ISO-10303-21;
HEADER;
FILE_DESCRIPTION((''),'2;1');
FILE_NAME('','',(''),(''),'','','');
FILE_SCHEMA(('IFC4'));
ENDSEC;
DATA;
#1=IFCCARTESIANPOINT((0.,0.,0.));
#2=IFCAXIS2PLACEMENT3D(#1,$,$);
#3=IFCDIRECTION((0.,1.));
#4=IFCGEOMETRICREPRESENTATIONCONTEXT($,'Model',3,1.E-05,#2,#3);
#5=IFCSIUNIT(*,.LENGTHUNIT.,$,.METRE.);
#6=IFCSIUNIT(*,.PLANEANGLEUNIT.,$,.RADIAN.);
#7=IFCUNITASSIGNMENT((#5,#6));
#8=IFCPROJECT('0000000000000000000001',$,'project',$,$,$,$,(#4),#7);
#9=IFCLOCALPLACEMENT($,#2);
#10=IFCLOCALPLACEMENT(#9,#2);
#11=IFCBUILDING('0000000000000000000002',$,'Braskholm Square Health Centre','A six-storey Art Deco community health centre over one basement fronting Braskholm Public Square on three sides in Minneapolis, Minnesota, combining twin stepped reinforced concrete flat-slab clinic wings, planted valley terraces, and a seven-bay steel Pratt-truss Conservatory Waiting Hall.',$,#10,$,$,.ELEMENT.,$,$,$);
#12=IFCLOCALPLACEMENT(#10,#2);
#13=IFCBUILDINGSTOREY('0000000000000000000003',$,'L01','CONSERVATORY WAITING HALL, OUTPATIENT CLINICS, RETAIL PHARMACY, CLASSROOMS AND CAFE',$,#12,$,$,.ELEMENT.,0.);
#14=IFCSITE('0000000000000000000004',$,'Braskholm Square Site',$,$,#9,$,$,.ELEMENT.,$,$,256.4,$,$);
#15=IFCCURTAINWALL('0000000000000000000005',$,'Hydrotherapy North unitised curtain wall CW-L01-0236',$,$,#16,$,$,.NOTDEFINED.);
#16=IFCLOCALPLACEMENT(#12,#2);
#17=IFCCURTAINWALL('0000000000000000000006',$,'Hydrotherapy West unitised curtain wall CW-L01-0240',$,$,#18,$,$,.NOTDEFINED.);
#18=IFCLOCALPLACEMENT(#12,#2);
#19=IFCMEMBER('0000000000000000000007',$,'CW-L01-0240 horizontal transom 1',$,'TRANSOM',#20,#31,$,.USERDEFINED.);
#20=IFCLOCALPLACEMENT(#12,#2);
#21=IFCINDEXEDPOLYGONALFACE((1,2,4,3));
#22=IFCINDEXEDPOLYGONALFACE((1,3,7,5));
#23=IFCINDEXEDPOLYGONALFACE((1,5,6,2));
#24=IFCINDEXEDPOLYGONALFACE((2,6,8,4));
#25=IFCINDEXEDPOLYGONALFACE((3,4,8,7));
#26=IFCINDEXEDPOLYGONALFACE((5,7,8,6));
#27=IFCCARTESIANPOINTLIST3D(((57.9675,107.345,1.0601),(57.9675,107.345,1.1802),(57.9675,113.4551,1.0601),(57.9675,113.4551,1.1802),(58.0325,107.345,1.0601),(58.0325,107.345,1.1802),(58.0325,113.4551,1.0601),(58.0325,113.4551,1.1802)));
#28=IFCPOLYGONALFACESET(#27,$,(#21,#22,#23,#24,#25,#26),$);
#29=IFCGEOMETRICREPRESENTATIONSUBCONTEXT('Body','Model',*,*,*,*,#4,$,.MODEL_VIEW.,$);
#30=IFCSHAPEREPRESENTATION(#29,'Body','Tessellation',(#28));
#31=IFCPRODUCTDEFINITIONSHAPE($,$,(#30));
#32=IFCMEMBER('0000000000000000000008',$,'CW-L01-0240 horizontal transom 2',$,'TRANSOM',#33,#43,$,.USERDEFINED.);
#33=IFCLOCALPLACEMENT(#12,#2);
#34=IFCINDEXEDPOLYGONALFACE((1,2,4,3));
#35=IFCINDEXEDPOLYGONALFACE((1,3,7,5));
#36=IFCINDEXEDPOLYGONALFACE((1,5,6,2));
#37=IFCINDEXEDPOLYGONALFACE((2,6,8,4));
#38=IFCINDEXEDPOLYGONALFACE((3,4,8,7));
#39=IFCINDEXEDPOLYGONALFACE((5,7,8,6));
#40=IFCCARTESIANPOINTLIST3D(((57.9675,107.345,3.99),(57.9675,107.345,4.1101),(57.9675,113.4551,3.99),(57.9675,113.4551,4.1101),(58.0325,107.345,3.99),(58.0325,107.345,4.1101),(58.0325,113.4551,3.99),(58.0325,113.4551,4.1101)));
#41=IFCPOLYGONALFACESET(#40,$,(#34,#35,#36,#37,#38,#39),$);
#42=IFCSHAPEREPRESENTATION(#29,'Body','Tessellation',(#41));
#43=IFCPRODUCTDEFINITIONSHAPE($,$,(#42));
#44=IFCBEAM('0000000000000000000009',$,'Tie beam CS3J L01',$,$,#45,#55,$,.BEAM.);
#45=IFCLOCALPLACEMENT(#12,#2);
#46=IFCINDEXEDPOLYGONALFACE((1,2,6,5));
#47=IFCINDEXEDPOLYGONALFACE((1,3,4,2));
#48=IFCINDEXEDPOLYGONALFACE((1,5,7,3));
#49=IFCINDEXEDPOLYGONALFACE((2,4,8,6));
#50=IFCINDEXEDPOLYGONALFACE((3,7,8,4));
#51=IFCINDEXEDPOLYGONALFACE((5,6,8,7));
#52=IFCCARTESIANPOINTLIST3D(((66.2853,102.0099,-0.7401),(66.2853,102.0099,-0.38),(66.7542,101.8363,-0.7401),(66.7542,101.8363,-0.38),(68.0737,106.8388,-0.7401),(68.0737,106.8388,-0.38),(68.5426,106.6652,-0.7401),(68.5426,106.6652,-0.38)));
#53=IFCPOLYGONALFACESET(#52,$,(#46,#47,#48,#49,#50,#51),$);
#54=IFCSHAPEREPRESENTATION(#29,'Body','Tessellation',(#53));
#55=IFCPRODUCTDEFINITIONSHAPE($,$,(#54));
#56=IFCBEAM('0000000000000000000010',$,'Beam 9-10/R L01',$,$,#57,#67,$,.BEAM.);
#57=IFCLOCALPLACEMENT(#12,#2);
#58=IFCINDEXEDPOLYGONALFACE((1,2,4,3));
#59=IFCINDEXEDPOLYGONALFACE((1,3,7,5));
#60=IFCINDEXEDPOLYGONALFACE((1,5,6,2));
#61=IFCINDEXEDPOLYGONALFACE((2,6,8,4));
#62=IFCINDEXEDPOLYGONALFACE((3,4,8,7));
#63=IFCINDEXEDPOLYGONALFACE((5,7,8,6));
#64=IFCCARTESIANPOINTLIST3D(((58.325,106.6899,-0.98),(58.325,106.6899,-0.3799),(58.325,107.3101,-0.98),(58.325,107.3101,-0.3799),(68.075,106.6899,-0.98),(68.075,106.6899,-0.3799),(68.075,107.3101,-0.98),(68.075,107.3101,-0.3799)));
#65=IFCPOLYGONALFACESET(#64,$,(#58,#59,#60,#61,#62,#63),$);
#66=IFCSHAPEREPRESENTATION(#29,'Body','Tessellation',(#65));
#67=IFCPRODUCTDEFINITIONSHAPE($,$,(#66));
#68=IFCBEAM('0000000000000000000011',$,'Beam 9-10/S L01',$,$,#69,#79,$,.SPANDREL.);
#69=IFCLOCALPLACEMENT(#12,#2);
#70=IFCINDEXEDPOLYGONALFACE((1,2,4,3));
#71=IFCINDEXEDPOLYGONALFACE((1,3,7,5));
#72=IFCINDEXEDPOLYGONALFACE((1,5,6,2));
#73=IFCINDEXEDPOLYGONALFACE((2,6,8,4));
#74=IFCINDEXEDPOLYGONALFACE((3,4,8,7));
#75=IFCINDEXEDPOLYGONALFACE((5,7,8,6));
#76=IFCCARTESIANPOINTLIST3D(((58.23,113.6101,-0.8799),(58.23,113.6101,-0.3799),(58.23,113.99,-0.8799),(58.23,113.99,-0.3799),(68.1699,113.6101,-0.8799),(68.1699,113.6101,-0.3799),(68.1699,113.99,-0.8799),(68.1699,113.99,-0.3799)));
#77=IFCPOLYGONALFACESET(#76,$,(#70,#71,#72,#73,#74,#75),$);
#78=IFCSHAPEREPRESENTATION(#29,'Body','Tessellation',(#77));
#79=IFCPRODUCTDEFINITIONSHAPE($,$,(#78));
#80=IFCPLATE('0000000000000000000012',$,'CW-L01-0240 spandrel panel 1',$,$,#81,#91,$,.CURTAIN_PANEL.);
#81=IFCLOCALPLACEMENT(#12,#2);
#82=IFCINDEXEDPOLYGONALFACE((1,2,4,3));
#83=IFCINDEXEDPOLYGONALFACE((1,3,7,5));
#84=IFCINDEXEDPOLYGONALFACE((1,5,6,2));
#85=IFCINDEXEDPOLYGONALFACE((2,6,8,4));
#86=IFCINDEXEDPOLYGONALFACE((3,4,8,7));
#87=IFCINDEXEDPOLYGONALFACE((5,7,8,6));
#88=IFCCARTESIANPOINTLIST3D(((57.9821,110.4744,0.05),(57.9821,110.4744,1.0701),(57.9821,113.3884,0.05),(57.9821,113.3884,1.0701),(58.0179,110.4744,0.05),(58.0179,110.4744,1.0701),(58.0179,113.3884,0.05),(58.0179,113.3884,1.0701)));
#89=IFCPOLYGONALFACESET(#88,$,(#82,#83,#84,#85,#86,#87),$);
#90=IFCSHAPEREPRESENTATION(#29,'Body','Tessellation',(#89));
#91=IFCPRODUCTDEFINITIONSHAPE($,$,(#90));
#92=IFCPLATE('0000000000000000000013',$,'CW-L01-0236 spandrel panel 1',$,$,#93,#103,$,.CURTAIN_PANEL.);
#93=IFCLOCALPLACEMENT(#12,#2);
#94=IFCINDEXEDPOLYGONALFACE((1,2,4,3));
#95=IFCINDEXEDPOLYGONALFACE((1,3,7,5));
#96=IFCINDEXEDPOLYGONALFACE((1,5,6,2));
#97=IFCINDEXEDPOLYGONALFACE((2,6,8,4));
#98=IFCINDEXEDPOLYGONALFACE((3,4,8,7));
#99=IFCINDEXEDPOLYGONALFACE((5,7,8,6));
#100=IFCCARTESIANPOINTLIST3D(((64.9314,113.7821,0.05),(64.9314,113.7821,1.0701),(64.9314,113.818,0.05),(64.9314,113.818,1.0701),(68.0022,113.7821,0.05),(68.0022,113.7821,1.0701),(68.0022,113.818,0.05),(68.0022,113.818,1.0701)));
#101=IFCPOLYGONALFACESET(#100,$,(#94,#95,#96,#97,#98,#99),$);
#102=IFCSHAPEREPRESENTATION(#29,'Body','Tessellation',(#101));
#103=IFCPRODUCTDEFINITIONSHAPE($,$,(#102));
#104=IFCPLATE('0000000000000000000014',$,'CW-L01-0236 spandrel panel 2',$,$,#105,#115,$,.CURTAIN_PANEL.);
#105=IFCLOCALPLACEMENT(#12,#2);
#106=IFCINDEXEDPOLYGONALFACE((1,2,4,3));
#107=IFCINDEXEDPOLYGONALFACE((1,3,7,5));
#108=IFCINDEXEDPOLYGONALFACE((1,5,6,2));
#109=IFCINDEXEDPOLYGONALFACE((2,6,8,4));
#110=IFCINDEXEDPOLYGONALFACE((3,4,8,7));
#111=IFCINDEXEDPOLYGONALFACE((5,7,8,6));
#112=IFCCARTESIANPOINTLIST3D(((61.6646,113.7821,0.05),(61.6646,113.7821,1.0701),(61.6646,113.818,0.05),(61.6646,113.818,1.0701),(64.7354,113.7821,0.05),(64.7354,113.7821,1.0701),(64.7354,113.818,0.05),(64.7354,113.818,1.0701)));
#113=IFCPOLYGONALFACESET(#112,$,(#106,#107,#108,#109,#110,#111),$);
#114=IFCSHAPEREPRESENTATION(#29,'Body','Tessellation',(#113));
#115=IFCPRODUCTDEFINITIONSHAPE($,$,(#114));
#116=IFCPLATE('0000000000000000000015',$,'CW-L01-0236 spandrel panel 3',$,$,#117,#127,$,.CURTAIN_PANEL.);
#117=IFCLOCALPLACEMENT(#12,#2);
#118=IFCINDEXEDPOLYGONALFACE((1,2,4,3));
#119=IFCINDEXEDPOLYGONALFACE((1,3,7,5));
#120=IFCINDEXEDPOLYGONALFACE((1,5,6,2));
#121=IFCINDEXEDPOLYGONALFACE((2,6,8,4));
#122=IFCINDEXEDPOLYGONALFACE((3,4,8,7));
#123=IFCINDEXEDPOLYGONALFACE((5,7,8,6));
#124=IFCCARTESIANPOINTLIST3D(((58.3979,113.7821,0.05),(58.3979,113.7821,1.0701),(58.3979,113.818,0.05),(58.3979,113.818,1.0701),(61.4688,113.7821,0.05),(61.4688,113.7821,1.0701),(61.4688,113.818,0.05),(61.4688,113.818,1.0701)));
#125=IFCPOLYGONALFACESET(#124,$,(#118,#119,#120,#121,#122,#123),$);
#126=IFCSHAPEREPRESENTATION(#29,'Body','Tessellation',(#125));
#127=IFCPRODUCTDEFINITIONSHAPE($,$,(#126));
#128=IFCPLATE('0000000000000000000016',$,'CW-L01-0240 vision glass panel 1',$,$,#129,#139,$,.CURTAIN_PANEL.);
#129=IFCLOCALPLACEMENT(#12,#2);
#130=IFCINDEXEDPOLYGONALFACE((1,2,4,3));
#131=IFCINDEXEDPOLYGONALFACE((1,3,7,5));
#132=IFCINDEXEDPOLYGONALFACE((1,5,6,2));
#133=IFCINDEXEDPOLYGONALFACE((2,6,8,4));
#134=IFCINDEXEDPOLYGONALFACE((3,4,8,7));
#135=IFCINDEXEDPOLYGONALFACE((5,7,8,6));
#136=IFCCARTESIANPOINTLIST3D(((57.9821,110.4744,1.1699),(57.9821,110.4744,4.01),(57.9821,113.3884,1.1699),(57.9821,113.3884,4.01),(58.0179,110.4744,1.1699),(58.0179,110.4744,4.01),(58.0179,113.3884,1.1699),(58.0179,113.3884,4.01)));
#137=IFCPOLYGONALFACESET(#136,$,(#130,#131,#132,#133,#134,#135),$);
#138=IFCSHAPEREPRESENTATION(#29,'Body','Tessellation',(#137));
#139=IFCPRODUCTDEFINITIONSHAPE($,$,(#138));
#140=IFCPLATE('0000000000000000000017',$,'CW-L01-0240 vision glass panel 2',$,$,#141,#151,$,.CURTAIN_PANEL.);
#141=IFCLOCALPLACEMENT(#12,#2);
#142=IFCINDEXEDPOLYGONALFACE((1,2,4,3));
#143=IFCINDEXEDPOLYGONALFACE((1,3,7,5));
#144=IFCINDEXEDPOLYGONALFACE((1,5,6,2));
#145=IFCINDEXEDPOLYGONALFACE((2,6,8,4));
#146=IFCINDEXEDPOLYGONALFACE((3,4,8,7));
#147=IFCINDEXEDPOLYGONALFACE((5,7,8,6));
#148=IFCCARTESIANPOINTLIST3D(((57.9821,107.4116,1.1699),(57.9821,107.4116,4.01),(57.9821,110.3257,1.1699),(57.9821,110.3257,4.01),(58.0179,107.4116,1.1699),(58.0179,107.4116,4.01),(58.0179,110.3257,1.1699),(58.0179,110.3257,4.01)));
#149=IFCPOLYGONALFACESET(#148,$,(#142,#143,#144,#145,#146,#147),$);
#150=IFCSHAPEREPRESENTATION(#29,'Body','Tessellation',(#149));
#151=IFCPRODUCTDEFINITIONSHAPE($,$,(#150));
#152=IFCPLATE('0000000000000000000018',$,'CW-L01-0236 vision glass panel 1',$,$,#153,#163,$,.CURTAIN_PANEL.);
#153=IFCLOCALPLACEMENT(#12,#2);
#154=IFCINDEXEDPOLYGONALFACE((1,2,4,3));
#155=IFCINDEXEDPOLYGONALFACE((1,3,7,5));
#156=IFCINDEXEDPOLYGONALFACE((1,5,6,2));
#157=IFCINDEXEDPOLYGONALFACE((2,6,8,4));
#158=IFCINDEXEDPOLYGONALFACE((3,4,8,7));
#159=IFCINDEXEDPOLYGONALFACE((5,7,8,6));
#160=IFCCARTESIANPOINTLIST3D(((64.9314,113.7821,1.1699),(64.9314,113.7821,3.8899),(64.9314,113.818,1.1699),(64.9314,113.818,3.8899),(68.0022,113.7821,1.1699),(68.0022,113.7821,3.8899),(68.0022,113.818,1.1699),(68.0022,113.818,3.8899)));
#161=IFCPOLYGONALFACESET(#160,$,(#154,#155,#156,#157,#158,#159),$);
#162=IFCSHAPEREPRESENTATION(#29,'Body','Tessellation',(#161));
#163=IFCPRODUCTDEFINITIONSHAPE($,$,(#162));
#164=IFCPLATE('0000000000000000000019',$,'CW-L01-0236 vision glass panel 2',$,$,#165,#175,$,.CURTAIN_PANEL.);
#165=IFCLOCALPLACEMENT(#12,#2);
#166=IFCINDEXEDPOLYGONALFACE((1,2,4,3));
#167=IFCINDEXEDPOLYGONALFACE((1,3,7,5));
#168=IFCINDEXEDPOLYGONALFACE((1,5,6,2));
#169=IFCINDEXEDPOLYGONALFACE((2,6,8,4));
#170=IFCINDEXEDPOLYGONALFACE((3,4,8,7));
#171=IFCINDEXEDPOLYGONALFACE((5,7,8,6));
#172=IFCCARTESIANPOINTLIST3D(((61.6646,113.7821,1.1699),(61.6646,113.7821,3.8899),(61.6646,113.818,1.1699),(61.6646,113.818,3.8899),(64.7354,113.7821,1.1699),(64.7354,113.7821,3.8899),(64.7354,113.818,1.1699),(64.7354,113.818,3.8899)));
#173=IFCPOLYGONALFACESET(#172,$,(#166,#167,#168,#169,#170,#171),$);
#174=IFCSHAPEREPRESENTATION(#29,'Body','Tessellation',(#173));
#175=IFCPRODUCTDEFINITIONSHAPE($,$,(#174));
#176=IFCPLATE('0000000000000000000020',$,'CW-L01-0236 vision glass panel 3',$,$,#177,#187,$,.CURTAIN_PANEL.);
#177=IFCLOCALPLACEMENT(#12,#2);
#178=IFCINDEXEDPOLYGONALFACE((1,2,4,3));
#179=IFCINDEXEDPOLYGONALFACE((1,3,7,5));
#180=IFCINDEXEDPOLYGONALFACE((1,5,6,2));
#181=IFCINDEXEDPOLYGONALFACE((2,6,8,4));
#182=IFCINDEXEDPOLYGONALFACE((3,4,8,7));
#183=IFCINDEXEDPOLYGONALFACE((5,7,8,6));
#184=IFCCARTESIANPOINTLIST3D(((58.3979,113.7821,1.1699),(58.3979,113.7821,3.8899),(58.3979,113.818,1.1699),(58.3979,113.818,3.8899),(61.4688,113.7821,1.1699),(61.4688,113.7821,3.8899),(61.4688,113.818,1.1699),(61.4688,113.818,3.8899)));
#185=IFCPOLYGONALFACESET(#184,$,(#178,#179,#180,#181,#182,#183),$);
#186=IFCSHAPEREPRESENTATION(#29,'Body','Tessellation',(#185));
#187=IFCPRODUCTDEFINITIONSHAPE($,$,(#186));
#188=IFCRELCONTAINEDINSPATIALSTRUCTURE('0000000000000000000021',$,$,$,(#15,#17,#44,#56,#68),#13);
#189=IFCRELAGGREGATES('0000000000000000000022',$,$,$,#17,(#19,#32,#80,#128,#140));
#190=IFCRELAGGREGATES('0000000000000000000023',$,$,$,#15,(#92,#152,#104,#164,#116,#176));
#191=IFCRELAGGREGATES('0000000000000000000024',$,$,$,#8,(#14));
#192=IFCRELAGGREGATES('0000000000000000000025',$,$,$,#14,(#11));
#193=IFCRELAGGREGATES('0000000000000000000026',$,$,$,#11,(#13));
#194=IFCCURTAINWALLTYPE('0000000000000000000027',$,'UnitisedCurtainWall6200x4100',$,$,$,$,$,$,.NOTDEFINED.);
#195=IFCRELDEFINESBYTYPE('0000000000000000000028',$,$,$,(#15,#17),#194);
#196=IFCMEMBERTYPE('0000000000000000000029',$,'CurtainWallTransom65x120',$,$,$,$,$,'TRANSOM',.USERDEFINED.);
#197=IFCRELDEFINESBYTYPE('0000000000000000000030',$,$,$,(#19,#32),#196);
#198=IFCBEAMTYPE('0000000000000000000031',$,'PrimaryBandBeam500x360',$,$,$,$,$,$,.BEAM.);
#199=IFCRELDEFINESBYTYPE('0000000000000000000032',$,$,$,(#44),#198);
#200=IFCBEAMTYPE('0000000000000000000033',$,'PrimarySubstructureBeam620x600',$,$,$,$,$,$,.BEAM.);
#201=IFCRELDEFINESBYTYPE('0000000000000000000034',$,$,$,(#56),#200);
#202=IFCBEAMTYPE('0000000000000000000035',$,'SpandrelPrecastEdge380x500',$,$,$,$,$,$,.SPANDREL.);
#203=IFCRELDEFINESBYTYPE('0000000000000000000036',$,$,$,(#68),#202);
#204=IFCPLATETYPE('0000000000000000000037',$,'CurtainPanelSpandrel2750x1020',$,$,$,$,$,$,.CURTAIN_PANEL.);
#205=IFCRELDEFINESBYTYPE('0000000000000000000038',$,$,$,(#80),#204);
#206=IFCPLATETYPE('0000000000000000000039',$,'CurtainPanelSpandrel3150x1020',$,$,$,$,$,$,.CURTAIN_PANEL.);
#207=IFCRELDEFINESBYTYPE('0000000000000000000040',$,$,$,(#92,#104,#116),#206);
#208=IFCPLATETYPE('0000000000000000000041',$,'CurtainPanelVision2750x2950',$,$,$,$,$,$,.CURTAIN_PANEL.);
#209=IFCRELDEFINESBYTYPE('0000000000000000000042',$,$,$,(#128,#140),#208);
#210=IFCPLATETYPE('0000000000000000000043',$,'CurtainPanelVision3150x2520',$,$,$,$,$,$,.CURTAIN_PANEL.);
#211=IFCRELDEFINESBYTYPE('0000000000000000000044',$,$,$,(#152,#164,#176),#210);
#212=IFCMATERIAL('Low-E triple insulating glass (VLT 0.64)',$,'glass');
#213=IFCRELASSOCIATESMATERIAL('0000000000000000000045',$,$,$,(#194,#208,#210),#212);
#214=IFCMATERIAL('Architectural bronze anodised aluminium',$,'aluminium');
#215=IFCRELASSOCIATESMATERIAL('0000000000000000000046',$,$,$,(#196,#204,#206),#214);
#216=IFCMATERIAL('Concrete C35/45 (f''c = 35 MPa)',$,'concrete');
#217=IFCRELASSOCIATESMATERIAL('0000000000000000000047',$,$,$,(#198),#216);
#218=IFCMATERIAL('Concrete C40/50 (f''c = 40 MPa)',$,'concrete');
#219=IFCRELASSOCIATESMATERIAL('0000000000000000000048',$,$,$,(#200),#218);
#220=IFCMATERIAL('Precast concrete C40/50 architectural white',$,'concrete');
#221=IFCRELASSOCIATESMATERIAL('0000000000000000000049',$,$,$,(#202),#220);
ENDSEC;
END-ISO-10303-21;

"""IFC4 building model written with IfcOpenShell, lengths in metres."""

from ifc_helpers import new_model, si_unit, direction, frame, origin, origin_2d, place, context, subcontext, project, spatial, rectangle, extrude, material, material_profile, profile_set, type_object, element, aggregate, save


model = new_model("IFC4")

# Units and contexts
model_context = context("Model", 3, precision=1e-05, world=origin(), true_north=direction((0.0, 1.0)))
body_context = subcontext(model_context, "Body", "Model", "MODEL_VIEW")
ifc_project = project(units=[si_unit("LENGTHUNIT", "METRE"), si_unit("PLANEANGLEUNIT", "RADIAN")], contexts=[model_context])

# Site, building, storey
site_placement = place(None, origin())
site = spatial("IfcSite", under=ifc_project, at=site_placement, Name="Braskholm Square Site", CompositionType="ELEMENT", RefElevation=256.4)
building_placement = place(site_placement, origin())
building = spatial("IfcBuilding", under=site, at=building_placement, Name="Braskholm Square Health Centre", Description="A six-storey Art Deco community health centre over one basement fronting Braskholm Public Square on three sides in Minneapolis, Minnesota, combining twin stepped reinforced concrete flat-slab clinic wings, planted valley terraces, and a seven-bay steel Pratt-truss Conservatory Waiting Hall.", CompositionType="ELEMENT")
storey_placement = place(building_placement, origin())
storey = spatial("IfcBuildingStorey", under=building, at=storey_placement, Name="L01", Description="CONSERVATORY WAITING HALL, OUTPATIENT CLINICS, RETAIL PHARMACY, CLASSROOMS AND CAFE", CompositionType="ELEMENT", Elevation=0.0)

# Shared definitions
ifc_material_1 = material(Name="Concrete C40/50 (f'c = 40 MPa)", Category="concrete")
ifc_material_2 = material(Name="Precast concrete C40/50 architectural white", Category="concrete")

# Curtain walls
ifc_material_3 = material(Name="Low-E triple insulating glass (VLT 0.64)", Category="glass")
curtain_wall_type = type_object("IfcCurtainWallType", Name="UnitisedCurtainWall6200x4100", PredefinedType="NOTDEFINED", material=ifc_material_3)
curtain_wall_1_placement = place(storey_placement, origin())
curtain_wall_1 = element("IfcCurtainWall", 1, at=curtain_wall_1_placement, inside=storey, type_object=curtain_wall_type, Name="Hydrotherapy North unitised curtain wall CW-L01-0236", PredefinedType="NOTDEFINED")
ifc_material_4 = material(Name="Architectural bronze anodised aluminium", Category="aluminium")
curtain_wall_2_placement = place(storey_placement, origin())
curtain_wall_2 = element("IfcCurtainWall", 2, at=curtain_wall_2_placement, inside=storey, type_object=curtain_wall_type, Name="Hydrotherapy West unitised curtain wall CW-L01-0240", PredefinedType="NOTDEFINED")

# Members
ifc_material_profile_1 = material_profile(ifc_material_4, rectangle(XDim=0.0649, YDim=0.1201, at=origin_2d()), Name="ALU-65X120")
ifc_profile_set_1 = profile_set([ifc_material_profile_1], Name="Architectural bronze anodised aluminium")
member_type_1 = type_object("IfcMemberType", Name="CurtainWallTransom65x120", ElementType="TRANSOM", PredefinedType="USERDEFINED", material=ifc_profile_set_1)
member_1_placement = place(storey_placement, frame((58.0, 113.4551, 1.1201), z_axis=(0.0, -1.0, 0.0), x_axis=(1.0, 0.0, 0.0)))
member_1 = element("IfcMember", 3, at=member_1_placement, type_object=member_type_1, Name="CW-L01-0240 horizontal transom 1", ObjectType="TRANSOM", PredefinedType="USERDEFINED", context=body_context, shape_type="SweptSolid", body=[
    extrude(rectangle(XDim=0.0649, YDim=0.1201, at=origin_2d()), origin(), (0.0, 0.0, 1.0), 6.1101),
])
member_2_placement = place(storey_placement, frame((58.0, 113.4551, 4.05), z_axis=(0.0, -1.0, 0.0), x_axis=(1.0, 0.0, 0.0)))
member_2 = element("IfcMember", 4, at=member_2_placement, type_object=member_type_1, Name="CW-L01-0240 horizontal transom 2", ObjectType="TRANSOM", PredefinedType="USERDEFINED", context=body_context, shape_type="SweptSolid", body=[
    extrude(rectangle(XDim=0.0649, YDim=0.1201, at=origin_2d()), origin(), (0.0, 0.0, 1.0), 6.1101),
])

# Beams
ifc_material_5 = material(Name="Concrete C35/45 (f'c = 35 MPa)", Category="concrete")
ifc_material_profile_2 = material_profile(ifc_material_5, rectangle(XDim=0.5, YDim=0.3601, at=origin_2d()), Name="RCB-500X360")
ifc_profile_set_2 = profile_set([ifc_material_profile_2], Name="Concrete C35/45 (f'c = 35 MPa)")
beam_type_1 = type_object("IfcBeamType", Name="PrimaryBandBeam500x360", PredefinedType="BEAM", material=ifc_profile_set_2)
beam_1_placement = place(storey_placement, frame((66.5198, 101.9231, -0.5601), z_axis=(0.347291, 0.937757, 0.0), x_axis=(-0.937757, 0.347291, 0.0)))
element("IfcBeam", 5, at=beam_1_placement, inside=storey, type_object=beam_type_1, Name="Tie beam CS3J L01", PredefinedType="BEAM", context=body_context, shape_type="SweptSolid", body=[
    extrude(rectangle(XDim=0.5, YDim=0.3601, at=origin_2d()), origin(), (0.0, 0.0, 1.0), 5.1494),
])
ifc_material_profile_3 = material_profile(ifc_material_1, rectangle(XDim=0.6201, YDim=0.6001, at=origin_2d()), Name="RCB-620X600")
ifc_profile_set_3 = profile_set([ifc_material_profile_3], Name="Concrete C40/50 (f'c = 40 MPa)")
beam_type_2 = type_object("IfcBeamType", Name="PrimarySubstructureBeam620x600", PredefinedType="BEAM", material=ifc_profile_set_3)
beam_2_placement = place(storey_placement, frame((58.325, 107.0, -0.6799), z_axis=(1.0, 0.0, 0.0), x_axis=(0.0, 1.0, 0.0)))
element("IfcBeam", 6, at=beam_2_placement, inside=storey, type_object=beam_type_2, Name="Beam 9-10/R L01", PredefinedType="BEAM", context=body_context, shape_type="SweptSolid", body=[
    extrude(rectangle(XDim=0.6201, YDim=0.6001, at=origin_2d()), origin(), (0.0, 0.0, 1.0), 9.75),
])
ifc_material_profile_4 = material_profile(ifc_material_2, rectangle(XDim=0.3799, YDim=0.5, at=origin_2d()), Name="RCB-380X500")
ifc_profile_set_4 = profile_set([ifc_material_profile_4], Name="Precast concrete C40/50 architectural white")
beam_type_3 = type_object("IfcBeamType", Name="SpandrelPrecastEdge380x500", PredefinedType="SPANDREL", material=ifc_profile_set_4)
beam_3_placement = place(storey_placement, frame((58.23, 113.8, -0.6299), z_axis=(1.0, 0.0, 0.0), x_axis=(0.0, 1.0, 0.0)))
element("IfcBeam", 7, at=beam_3_placement, inside=storey, type_object=beam_type_3, Name="Beam 9-10/S L01", PredefinedType="SPANDREL", context=body_context, shape_type="SweptSolid", body=[
    extrude(rectangle(XDim=0.3799, YDim=0.5, at=origin_2d()), origin(), (0.0, 0.0, 1.0), 9.9399),
])

# Plates
plate_type_1 = type_object("IfcPlateType", Name="CurtainPanelSpandrel2750x1020", PredefinedType="CURTAIN_PANEL", material=ifc_material_4)
plate_1_placement = place(storey_placement, frame((58.0, 111.9314, 0.05), z_axis=(0.0, 0.0, 1.0), x_axis=(0.0, -1.0, 0.0)))
plate_1 = element("IfcPlate", 8, at=plate_1_placement, type_object=plate_type_1, Name="CW-L01-0240 spandrel panel 1", PredefinedType="CURTAIN_PANEL", context=body_context, shape_type="SweptSolid", body=[
    extrude(rectangle(XDim=2.9141, YDim=0.0359, at=origin_2d()), origin(), (0.0, 0.0, 1.0), 1.02),
])
plate_type_2 = type_object("IfcPlateType", Name="CurtainPanelSpandrel3150x1020", PredefinedType="CURTAIN_PANEL", material=ifc_material_4)
plate_2_placement = place(storey_placement, frame((66.4668, 113.8, 0.05), z_axis=(0.0, 0.0, 1.0), x_axis=(-1.0, 0.0, 0.0)))
plate_2 = element("IfcPlate", 9, at=plate_2_placement, type_object=plate_type_2, Name="CW-L01-0236 spandrel panel 1", PredefinedType="CURTAIN_PANEL", context=body_context, shape_type="SweptSolid", body=[
    extrude(rectangle(XDim=3.0708, YDim=0.0359, at=origin_2d()), origin(), (0.0, 0.0, 1.0), 1.02),
])
plate_3_placement = place(storey_placement, frame((63.2, 113.8, 0.05), z_axis=(0.0, 0.0, 1.0), x_axis=(-1.0, 0.0, 0.0)))
plate_3 = element("IfcPlate", 10, at=plate_3_placement, type_object=plate_type_2, Name="CW-L01-0236 spandrel panel 2", PredefinedType="CURTAIN_PANEL", context=body_context, shape_type="SweptSolid", body=[
    extrude(rectangle(XDim=3.0708, YDim=0.0359, at=origin_2d()), origin(), (0.0, 0.0, 1.0), 1.02),
])
plate_4_placement = place(storey_placement, frame((59.9333, 113.8, 0.05), z_axis=(0.0, 0.0, 1.0), x_axis=(-1.0, 0.0, 0.0)))
plate_4 = element("IfcPlate", 11, at=plate_4_placement, type_object=plate_type_2, Name="CW-L01-0236 spandrel panel 3", PredefinedType="CURTAIN_PANEL", context=body_context, shape_type="SweptSolid", body=[
    extrude(rectangle(XDim=3.0708, YDim=0.0359, at=origin_2d()), origin(), (0.0, 0.0, 1.0), 1.02),
])
plate_type_3 = type_object("IfcPlateType", Name="CurtainPanelVision2750x2950", PredefinedType="CURTAIN_PANEL", material=ifc_material_3)
plate_5_placement = place(storey_placement, frame((58.0, 111.9314, 1.1699), z_axis=(0.0, 0.0, 1.0), x_axis=(0.0, -1.0, 0.0)))
plate_5 = element("IfcPlate", 12, at=plate_5_placement, type_object=plate_type_3, Name="CW-L01-0240 vision glass panel 1", PredefinedType="CURTAIN_PANEL", context=body_context, shape_type="SweptSolid", body=[
    extrude(rectangle(XDim=2.9141, YDim=0.0359, at=origin_2d()), origin(), (0.0, 0.0, 1.0), 2.8401),
])
plate_6_placement = place(storey_placement, frame((58.0, 108.8687, 1.1699), z_axis=(0.0, 0.0, 1.0), x_axis=(0.0, -1.0, 0.0)))
plate_6 = element("IfcPlate", 13, at=plate_6_placement, type_object=plate_type_3, Name="CW-L01-0240 vision glass panel 2", PredefinedType="CURTAIN_PANEL", context=body_context, shape_type="SweptSolid", body=[
    extrude(rectangle(XDim=2.9141, YDim=0.0359, at=origin_2d()), origin(), (0.0, 0.0, 1.0), 2.8401),
])
aggregate(curtain_wall_2, [member_1, member_2, plate_1, plate_5, plate_6])
plate_type_4 = type_object("IfcPlateType", Name="CurtainPanelVision3150x2520", PredefinedType="CURTAIN_PANEL", material=ifc_material_3)
plate_7_placement = place(storey_placement, frame((66.4668, 113.8, 1.1699), z_axis=(0.0, 0.0, 1.0), x_axis=(-1.0, 0.0, 0.0)))
plate_7 = element("IfcPlate", 14, at=plate_7_placement, type_object=plate_type_4, Name="CW-L01-0236 vision glass panel 1", PredefinedType="CURTAIN_PANEL", context=body_context, shape_type="SweptSolid", body=[
    extrude(rectangle(XDim=3.0708, YDim=0.0359, at=origin_2d()), origin(), (0.0, 0.0, 1.0), 2.72),
])
plate_8_placement = place(storey_placement, frame((63.2, 113.8, 1.1699), z_axis=(0.0, 0.0, 1.0), x_axis=(-1.0, 0.0, 0.0)))
plate_8 = element("IfcPlate", 15, at=plate_8_placement, type_object=plate_type_4, Name="CW-L01-0236 vision glass panel 2", PredefinedType="CURTAIN_PANEL", context=body_context, shape_type="SweptSolid", body=[
    extrude(rectangle(XDim=3.0708, YDim=0.0359, at=origin_2d()), origin(), (0.0, 0.0, 1.0), 2.72),
])
plate_9_placement = place(storey_placement, frame((59.9333, 113.8, 1.1699), z_axis=(0.0, 0.0, 1.0), x_axis=(-1.0, 0.0, 0.0)))
plate_9 = element("IfcPlate", 16, at=plate_9_placement, type_object=plate_type_4, Name="CW-L01-0236 vision glass panel 3", PredefinedType="CURTAIN_PANEL", context=body_context, shape_type="SweptSolid", body=[
    extrude(rectangle(XDim=3.0708, YDim=0.0359, at=origin_2d()), origin(), (0.0, 0.0, 1.0), 2.72),
])
aggregate(curtain_wall_1, [plate_2, plate_7, plate_3, plate_8, plate_4, plate_9])

save(model, "model.ifc")
